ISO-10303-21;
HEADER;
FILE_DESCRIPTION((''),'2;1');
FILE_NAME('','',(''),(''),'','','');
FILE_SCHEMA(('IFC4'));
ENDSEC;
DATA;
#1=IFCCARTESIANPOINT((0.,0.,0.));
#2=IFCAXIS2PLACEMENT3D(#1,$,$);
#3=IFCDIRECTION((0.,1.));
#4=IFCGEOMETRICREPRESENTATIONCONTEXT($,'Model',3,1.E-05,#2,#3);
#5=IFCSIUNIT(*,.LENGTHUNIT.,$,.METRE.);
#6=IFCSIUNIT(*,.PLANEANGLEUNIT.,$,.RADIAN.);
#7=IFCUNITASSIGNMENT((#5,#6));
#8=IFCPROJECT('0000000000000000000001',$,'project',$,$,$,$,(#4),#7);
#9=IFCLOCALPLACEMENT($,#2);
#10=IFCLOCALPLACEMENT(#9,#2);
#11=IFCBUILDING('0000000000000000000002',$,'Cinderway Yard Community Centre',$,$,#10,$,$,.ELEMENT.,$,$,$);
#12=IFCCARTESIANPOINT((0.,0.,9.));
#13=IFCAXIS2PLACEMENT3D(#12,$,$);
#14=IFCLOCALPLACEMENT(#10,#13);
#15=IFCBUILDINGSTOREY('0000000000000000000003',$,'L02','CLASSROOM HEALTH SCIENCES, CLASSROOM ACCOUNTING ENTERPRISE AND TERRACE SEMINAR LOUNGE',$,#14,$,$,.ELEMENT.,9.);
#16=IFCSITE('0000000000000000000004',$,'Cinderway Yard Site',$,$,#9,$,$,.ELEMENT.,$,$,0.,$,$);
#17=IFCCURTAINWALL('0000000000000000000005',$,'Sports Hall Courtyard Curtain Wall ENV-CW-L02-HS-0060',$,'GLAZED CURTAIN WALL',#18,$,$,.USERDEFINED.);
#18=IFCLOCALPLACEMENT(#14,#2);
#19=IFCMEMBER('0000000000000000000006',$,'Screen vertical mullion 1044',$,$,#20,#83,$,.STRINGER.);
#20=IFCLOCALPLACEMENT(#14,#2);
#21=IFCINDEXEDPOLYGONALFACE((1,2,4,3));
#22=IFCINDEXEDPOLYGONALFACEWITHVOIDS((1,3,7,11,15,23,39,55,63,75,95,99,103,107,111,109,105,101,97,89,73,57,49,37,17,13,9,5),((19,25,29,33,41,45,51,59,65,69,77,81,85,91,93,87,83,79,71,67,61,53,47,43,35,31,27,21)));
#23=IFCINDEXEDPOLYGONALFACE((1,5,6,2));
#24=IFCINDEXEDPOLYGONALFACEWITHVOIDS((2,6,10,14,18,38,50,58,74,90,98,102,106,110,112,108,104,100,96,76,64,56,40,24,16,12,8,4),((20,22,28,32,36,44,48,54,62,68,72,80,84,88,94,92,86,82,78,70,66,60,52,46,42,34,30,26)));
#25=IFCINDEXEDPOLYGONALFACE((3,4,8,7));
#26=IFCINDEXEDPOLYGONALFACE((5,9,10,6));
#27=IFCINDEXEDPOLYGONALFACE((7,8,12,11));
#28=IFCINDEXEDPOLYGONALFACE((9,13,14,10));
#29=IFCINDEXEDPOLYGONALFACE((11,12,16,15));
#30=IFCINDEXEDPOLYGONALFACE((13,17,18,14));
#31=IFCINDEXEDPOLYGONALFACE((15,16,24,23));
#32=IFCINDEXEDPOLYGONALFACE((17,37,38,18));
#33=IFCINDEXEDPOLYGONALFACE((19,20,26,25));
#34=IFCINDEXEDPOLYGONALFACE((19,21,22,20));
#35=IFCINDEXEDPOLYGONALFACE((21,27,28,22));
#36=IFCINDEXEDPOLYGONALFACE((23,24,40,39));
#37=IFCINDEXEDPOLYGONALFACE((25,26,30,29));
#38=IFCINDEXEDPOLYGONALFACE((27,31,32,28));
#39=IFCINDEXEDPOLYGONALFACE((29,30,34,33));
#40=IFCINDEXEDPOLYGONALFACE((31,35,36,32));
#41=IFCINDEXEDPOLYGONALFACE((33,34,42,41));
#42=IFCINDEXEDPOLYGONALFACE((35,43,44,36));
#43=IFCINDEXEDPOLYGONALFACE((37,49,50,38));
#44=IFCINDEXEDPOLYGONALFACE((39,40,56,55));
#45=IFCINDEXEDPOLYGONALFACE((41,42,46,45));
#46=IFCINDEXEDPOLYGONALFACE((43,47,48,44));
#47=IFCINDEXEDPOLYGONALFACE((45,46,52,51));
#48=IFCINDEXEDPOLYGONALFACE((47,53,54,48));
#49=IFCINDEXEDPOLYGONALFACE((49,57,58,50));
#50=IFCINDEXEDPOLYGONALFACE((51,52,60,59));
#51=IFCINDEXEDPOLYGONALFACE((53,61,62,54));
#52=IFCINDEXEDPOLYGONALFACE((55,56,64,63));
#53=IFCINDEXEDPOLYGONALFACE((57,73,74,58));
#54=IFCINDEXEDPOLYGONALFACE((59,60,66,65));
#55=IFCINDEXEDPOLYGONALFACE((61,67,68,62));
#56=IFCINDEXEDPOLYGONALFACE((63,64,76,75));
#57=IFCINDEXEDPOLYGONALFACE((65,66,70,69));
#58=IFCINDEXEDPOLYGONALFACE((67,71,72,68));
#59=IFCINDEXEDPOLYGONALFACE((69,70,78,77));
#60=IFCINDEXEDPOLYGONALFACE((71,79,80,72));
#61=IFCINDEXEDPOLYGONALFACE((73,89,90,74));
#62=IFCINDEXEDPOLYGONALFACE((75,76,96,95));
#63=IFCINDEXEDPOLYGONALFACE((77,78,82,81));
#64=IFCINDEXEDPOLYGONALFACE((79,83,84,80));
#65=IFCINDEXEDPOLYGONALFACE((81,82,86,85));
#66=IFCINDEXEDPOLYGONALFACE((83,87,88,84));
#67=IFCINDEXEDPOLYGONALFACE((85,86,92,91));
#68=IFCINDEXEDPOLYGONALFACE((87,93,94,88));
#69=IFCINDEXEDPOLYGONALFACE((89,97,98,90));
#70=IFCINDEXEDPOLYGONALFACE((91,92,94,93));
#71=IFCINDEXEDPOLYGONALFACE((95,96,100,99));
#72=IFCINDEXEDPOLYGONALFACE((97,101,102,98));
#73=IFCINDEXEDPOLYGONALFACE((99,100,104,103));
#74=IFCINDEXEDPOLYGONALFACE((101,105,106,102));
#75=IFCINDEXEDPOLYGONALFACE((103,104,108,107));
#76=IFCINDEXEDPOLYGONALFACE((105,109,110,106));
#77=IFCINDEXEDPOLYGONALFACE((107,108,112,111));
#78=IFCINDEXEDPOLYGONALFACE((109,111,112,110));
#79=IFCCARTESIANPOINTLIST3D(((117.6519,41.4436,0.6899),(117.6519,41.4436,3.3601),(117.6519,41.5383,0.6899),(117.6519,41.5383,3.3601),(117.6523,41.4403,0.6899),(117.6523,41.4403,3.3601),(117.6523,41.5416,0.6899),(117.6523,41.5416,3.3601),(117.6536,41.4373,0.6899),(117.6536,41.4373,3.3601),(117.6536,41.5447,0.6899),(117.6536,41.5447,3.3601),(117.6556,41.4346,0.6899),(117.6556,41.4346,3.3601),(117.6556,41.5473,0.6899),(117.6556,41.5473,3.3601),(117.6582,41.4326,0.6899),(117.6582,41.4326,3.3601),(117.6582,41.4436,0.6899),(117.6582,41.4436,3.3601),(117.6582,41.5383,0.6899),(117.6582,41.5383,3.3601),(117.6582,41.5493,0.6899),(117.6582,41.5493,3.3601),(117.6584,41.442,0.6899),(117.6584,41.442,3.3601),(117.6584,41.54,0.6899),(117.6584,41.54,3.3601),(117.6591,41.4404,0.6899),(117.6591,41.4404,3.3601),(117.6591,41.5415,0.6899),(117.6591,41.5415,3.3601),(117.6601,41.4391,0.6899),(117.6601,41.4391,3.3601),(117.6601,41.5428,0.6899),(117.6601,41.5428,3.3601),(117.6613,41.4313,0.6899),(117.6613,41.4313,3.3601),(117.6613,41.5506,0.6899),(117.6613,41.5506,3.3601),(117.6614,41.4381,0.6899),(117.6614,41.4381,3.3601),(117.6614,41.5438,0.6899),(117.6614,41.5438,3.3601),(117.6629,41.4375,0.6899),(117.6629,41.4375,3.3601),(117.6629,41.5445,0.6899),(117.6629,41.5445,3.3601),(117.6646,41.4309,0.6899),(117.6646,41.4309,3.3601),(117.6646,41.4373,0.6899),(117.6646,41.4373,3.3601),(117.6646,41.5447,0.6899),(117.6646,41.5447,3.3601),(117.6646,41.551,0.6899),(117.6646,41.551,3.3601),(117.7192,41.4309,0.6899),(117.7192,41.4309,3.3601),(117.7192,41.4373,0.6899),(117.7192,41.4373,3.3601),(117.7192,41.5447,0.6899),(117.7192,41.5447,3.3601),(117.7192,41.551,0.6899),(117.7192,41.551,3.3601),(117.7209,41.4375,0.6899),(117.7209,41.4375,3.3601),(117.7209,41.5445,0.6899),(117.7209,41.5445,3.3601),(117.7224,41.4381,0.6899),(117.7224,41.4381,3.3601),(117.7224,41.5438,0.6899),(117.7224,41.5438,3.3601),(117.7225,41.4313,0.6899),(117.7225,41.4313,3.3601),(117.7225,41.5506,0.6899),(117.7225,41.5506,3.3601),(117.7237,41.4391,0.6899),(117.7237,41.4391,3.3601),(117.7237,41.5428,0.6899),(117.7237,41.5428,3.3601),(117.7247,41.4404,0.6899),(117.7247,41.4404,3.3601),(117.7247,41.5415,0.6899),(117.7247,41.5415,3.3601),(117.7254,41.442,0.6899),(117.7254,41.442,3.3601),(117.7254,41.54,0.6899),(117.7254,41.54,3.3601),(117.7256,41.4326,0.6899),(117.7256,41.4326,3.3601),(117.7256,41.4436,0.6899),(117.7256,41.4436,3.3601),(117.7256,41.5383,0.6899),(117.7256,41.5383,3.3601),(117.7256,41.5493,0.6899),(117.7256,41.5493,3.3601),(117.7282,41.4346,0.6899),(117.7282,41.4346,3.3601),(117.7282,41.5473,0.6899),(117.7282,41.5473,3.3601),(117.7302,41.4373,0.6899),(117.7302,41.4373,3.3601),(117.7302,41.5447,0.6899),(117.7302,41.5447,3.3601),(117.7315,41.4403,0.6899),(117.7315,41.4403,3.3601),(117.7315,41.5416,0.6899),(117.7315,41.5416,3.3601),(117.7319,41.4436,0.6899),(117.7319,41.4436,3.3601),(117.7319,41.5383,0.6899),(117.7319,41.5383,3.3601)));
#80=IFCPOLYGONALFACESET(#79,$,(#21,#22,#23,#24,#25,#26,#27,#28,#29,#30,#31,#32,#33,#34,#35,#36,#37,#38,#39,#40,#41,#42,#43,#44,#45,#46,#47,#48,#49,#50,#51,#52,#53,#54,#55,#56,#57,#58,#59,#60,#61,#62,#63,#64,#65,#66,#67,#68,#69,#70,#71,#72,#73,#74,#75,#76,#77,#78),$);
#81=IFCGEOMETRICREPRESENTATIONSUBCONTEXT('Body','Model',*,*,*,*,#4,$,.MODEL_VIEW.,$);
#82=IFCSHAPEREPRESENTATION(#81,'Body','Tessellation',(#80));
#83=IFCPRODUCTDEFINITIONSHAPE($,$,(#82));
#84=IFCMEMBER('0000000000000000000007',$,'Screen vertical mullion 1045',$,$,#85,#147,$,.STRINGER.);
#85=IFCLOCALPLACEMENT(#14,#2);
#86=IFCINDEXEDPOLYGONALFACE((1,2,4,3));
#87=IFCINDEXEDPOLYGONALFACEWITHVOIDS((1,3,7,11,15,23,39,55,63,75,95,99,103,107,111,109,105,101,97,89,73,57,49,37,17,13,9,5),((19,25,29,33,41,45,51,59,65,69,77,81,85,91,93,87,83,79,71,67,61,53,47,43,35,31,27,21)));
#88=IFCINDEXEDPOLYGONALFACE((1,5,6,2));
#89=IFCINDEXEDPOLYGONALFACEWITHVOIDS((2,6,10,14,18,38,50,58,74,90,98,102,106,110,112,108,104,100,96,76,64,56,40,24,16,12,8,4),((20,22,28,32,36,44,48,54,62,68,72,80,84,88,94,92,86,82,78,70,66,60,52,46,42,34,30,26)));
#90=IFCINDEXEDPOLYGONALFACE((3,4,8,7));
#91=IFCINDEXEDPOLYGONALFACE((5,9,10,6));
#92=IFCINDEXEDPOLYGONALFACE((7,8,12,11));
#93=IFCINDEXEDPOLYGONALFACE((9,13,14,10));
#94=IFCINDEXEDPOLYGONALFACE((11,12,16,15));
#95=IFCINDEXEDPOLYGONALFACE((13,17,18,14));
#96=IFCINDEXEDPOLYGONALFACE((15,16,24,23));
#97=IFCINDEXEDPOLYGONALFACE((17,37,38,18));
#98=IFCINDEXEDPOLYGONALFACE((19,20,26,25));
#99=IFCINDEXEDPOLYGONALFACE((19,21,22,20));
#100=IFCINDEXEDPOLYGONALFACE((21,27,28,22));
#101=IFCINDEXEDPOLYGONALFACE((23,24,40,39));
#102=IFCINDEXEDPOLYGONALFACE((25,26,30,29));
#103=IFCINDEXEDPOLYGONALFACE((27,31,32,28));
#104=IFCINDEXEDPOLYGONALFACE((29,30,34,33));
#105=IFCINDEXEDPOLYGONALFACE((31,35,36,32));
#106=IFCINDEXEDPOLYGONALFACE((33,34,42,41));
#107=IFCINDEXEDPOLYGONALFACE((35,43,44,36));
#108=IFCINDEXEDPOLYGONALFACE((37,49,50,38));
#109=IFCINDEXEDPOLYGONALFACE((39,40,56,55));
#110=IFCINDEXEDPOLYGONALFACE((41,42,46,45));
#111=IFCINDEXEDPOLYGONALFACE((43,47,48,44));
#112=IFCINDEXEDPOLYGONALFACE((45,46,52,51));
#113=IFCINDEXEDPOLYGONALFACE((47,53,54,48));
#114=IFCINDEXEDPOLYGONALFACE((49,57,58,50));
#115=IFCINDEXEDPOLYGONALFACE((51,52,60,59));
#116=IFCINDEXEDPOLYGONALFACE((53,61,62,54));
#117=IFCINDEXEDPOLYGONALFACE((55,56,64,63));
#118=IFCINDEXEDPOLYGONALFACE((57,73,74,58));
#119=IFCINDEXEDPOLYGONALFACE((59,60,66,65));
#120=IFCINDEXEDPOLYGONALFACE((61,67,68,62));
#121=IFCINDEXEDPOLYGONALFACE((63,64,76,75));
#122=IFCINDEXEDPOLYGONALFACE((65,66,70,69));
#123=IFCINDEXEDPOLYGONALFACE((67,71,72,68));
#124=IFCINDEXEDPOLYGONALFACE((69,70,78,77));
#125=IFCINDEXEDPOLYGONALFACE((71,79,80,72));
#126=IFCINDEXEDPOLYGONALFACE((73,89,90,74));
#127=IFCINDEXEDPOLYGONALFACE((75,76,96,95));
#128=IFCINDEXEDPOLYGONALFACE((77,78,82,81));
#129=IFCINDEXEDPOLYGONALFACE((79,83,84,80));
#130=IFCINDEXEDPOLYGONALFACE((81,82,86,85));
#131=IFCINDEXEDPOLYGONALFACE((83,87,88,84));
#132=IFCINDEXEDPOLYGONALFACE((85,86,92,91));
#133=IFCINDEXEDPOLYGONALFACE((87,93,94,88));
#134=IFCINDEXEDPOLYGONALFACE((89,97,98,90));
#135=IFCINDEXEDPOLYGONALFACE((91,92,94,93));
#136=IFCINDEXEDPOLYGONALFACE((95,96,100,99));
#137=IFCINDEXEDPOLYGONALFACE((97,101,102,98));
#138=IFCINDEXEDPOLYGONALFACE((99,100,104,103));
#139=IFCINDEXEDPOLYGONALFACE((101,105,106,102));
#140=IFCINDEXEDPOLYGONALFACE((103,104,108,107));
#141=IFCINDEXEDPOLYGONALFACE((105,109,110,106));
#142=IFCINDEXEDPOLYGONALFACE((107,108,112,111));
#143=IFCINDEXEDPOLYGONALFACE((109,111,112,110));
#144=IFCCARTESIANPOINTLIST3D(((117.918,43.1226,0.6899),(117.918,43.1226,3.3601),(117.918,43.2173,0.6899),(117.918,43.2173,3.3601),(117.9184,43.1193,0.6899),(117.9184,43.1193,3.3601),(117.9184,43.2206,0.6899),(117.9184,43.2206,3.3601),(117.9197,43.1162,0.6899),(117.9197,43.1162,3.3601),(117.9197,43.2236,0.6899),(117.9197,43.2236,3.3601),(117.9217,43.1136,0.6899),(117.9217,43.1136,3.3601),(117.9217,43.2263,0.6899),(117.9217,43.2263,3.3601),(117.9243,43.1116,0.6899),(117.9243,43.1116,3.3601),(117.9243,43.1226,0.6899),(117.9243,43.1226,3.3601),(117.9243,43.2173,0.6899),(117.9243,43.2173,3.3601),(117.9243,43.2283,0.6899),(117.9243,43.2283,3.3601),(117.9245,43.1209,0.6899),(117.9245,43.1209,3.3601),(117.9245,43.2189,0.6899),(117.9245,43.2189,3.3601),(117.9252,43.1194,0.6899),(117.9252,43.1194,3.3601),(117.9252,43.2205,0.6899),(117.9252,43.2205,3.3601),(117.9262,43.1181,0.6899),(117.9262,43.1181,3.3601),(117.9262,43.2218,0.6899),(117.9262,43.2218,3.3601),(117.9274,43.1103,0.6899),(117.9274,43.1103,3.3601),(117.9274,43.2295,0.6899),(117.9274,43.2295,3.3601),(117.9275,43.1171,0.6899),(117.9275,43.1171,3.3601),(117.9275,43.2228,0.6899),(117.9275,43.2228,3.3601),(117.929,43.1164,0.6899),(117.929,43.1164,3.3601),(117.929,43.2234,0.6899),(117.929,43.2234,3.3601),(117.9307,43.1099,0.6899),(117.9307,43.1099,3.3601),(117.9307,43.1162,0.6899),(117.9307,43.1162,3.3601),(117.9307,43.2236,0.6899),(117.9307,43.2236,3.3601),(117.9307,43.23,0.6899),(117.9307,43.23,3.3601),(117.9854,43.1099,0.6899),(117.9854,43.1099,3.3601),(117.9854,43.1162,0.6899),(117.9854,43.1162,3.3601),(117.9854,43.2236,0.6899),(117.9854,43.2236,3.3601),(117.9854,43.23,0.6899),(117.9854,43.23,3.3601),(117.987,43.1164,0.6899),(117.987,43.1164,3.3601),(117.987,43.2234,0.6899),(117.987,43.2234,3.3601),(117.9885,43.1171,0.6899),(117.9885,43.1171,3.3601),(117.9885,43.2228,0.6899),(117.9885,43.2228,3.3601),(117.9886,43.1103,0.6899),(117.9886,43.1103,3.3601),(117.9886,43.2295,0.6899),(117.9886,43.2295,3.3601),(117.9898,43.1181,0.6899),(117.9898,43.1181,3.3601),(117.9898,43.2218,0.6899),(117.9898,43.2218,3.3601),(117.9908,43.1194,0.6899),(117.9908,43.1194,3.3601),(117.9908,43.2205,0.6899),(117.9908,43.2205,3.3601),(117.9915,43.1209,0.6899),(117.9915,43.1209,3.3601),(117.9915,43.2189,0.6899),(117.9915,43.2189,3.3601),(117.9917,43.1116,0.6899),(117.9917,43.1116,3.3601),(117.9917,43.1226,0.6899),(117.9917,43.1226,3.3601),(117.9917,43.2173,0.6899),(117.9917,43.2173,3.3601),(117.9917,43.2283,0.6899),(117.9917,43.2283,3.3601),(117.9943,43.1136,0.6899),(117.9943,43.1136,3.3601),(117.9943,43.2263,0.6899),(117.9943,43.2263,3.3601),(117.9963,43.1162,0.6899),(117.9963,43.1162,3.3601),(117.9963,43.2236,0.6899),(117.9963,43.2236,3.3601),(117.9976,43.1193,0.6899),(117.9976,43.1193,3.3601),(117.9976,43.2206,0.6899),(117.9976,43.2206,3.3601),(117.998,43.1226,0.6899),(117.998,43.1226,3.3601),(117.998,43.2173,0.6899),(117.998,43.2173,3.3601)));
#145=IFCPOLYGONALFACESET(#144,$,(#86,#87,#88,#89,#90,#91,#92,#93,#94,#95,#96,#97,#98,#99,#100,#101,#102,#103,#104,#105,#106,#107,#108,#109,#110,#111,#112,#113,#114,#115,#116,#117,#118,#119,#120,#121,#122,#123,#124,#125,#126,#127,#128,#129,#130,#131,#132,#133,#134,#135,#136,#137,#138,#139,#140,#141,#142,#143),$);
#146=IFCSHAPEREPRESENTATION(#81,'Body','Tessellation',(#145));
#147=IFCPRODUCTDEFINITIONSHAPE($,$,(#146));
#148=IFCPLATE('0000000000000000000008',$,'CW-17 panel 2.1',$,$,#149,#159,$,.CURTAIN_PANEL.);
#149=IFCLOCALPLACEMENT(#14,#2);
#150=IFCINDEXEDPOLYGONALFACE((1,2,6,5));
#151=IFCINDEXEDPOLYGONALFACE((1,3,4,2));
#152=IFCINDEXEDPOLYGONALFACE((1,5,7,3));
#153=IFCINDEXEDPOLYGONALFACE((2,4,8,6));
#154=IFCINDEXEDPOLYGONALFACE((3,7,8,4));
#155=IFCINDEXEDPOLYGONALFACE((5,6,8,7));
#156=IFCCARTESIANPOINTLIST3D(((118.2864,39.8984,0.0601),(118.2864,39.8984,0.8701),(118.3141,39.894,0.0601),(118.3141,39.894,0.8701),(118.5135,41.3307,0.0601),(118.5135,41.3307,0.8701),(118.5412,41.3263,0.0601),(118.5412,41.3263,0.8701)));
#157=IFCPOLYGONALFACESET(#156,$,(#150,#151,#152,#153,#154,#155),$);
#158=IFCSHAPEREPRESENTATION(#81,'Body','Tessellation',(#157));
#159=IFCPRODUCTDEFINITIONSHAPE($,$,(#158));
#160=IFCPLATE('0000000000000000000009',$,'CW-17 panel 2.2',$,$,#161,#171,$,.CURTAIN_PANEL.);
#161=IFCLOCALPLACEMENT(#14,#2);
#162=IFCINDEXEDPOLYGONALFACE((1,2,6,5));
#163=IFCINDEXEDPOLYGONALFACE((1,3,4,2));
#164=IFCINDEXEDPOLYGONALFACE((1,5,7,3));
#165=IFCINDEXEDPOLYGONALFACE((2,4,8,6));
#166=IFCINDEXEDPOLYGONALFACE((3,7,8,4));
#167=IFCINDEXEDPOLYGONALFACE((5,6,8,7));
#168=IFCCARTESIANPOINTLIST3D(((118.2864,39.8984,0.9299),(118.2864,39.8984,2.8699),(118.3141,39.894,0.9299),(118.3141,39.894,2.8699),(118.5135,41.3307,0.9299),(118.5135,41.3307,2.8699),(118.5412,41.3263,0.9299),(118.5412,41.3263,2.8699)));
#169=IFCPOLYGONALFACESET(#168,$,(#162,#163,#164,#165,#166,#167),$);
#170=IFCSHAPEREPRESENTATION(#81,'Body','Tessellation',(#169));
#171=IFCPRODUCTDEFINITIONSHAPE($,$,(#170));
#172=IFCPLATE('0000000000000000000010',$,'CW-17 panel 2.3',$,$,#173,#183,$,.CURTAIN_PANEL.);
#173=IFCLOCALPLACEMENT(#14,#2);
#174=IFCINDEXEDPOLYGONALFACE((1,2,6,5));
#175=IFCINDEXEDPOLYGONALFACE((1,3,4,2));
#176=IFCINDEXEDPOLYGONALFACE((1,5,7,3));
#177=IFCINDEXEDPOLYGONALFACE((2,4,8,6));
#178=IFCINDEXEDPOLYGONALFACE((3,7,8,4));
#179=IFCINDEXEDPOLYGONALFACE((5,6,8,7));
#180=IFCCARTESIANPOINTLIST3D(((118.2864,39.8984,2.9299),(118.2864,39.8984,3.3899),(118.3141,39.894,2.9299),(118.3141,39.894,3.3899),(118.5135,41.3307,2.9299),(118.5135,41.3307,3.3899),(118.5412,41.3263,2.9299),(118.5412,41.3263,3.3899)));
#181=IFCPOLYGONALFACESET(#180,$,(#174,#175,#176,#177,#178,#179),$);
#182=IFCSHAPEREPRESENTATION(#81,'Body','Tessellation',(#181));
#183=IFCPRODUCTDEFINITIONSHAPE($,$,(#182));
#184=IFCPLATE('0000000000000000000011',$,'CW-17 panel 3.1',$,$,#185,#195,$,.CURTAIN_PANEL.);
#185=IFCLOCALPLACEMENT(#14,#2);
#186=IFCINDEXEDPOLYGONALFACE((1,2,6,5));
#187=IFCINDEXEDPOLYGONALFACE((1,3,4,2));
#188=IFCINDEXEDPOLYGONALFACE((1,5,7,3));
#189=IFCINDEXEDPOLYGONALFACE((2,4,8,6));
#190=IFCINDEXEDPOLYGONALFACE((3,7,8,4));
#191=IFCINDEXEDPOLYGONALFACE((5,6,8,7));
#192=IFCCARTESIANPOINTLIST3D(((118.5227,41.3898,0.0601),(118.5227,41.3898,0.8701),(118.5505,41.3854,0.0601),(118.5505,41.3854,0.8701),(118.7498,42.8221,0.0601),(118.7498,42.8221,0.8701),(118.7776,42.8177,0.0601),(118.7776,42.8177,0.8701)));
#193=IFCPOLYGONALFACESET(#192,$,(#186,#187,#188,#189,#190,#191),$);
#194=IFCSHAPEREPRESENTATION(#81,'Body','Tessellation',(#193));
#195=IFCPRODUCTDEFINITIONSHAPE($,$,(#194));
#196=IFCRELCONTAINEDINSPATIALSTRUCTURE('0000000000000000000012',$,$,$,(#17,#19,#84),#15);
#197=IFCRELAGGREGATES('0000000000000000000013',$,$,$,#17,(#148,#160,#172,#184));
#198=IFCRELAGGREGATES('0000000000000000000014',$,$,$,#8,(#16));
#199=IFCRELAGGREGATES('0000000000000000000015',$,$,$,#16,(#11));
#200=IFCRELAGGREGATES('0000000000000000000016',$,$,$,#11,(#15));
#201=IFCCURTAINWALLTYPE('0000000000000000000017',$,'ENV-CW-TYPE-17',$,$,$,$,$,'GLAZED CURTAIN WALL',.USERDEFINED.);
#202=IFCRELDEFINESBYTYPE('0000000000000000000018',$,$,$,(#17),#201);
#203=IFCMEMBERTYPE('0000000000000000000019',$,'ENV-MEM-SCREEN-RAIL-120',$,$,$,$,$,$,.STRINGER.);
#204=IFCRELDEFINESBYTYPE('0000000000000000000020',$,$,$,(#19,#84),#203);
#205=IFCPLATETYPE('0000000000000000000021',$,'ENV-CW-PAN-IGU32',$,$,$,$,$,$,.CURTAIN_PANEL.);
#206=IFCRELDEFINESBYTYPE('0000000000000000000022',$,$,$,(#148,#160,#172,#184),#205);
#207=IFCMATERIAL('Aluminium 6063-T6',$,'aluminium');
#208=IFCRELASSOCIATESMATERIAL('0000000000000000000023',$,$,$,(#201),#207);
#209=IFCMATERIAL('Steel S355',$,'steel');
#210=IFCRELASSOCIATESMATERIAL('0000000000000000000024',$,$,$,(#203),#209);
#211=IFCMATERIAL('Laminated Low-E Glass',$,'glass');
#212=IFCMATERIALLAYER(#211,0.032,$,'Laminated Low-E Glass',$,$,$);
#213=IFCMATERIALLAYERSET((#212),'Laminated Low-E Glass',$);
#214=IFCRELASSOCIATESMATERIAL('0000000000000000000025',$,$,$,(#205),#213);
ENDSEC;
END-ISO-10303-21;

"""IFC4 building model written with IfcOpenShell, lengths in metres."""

from ifc_helpers import new_model, si_unit, direction, frame, origin, origin_2d, place, context, subcontext, project, spatial, rectangle, hollow_rectangle, extrude, material, layer, layer_set, material_profile, profile_set, type_object, element, aggregate, save


model = new_model("IFC4")

# Units and contexts
model_context = context("Model", 3, precision=1e-05, world=origin(), true_north=direction((0.0, 1.0)))
body_context = subcontext(model_context, "Body", "Model", "MODEL_VIEW")
ifc_project = project(units=[si_unit("LENGTHUNIT", "METRE"), si_unit("PLANEANGLEUNIT", "RADIAN")], contexts=[model_context])

# Site, building, storey
site_placement = place(None, origin())
site = spatial("IfcSite", under=ifc_project, at=site_placement, Name="Cinderway Yard Site", CompositionType="ELEMENT", RefElevation=0.0)
building_placement = place(site_placement, origin())
building = spatial("IfcBuilding", under=site, at=building_placement, Name="Cinderway Yard Community Centre", CompositionType="ELEMENT")
storey_placement = place(building_placement, frame((0.0, 0.0, 9.0)))
storey = spatial("IfcBuildingStorey", under=building, at=storey_placement, Name="L02", Description="CLASSROOM HEALTH SCIENCES, CLASSROOM ACCOUNTING ENTERPRISE AND TERRACE SEMINAR LOUNGE", CompositionType="ELEMENT", Elevation=9.0)

# Curtain wall
ifc_material_1 = material(Name="Aluminium 6063-T6", Category="aluminium")
curtain_wall_type = type_object("IfcCurtainWallType", Name="ENV-CW-TYPE-17", ElementType="GLAZED CURTAIN WALL", PredefinedType="USERDEFINED", material=ifc_material_1)
curtain_wall_placement = place(storey_placement, origin())
curtain_wall = element("IfcCurtainWall", 1, at=curtain_wall_placement, inside=storey, type_object=curtain_wall_type, Name="Sports Hall Courtyard Curtain Wall ENV-CW-L02-HS-0060", ObjectType="GLAZED CURTAIN WALL", PredefinedType="USERDEFINED")

# Members
ifc_material_2 = material(Name="Steel S355", Category="steel")
ifc_material_profile_1 = material_profile(ifc_material_2, hollow_rectangle(XDim=0.0801, YDim=0.1201, WallThickness=0.0063, InnerFilletRadius=0.0063, OuterFilletRadius=0.0127, at=origin_2d()), Name="Steel S355")
ifc_profile_set_1 = profile_set([ifc_material_profile_1], Name="Steel S355")
member_type_1 = type_object("IfcMemberType", Name="ENV-MEM-SCREEN-RAIL-120", PredefinedType="STRINGER", material=ifc_profile_set_1)
for number, where, z_axis, x_axis, name in (
    (2, (117.6919, 41.491, 0.6899), (0.0, 0.0, 1.0), (1.0, 0.0, 0.0), "Screen vertical mullion 1044"),
    (3, (117.958, 43.1699, 0.6899), (0.0, 0.0, 1.0), (1.0, 0.0, 0.0), "Screen vertical mullion 1045"),
):
    element("IfcMember", number, at=place(storey_placement, frame(where, z_axis=z_axis, x_axis=x_axis)), inside=storey, type_object=member_type_1, Name=name, PredefinedType="STRINGER", context=body_context, shape_type="SweptSolid", body=[
        extrude(hollow_rectangle(XDim=0.0801, YDim=0.1201, WallThickness=0.0063, InnerFilletRadius=0.0063, OuterFilletRadius=0.0127, at=origin_2d()), origin(), (0.0, 0.0, 1.0), 2.6702),
    ])

# Plates
ifc_material_3 = material(Name="Laminated Low-E Glass", Category="glass")
ifc_layer_1 = layer(ifc_material_3, 0.032, Name="Laminated Low-E Glass")
ifc_layer_set_1 = layer_set([ifc_layer_1], Name="Laminated Low-E Glass")
plate_type_1 = type_object("IfcPlateType", Name="ENV-CW-PAN-IGU32", PredefinedType="CURTAIN_PANEL", material=ifc_layer_set_1)
plate_1_placement = place(storey_placement, frame((118.4138, 40.6123, 0.0601), z_axis=(0.0, 0.0, 1.0), x_axis=(0.156609, 0.987661, 0.0)))
plate_1 = element("IfcPlate", 4, at=plate_1_placement, type_object=plate_type_1, Name="CW-17 panel 2.1", PredefinedType="CURTAIN_PANEL", context=body_context, shape_type="SweptSolid", body=[
    extrude(rectangle(XDim=1.4502, YDim=0.0281, at=origin_2d()), origin(), (0.0, 0.0, 1.0), 0.8101),
])
plate_2_placement = place(storey_placement, frame((118.4138, 40.6123, 0.9299), z_axis=(0.0, 0.0, 1.0), x_axis=(0.156609, 0.987661, 0.0)))
plate_2 = element("IfcPlate", 5, at=plate_2_placement, type_object=plate_type_1, Name="CW-17 panel 2.2", PredefinedType="CURTAIN_PANEL", context=body_context, shape_type="SweptSolid", body=[
    extrude(rectangle(XDim=1.4502, YDim=0.0281, at=origin_2d()), origin(), (0.0, 0.0, 1.0), 1.9399),
])
plate_3_placement = place(storey_placement, frame((118.4138, 40.6123, 2.9299), z_axis=(0.0, 0.0, 1.0), x_axis=(0.156609, 0.987661, 0.0)))
plate_3 = element("IfcPlate", 6, at=plate_3_placement, type_object=plate_type_1, Name="CW-17 panel 2.3", PredefinedType="CURTAIN_PANEL", context=body_context, shape_type="SweptSolid", body=[
    extrude(rectangle(XDim=1.4502, YDim=0.0281, at=origin_2d()), origin(), (0.0, 0.0, 1.0), 0.46),
])
plate_4_placement = place(storey_placement, frame((118.6501, 42.1038, 0.0601), z_axis=(0.0, 0.0, 1.0), x_axis=(0.156609, 0.987661, 0.0)))
plate_4 = element("IfcPlate", 7, at=plate_4_placement, type_object=plate_type_1, Name="CW-17 panel 3.1", PredefinedType="CURTAIN_PANEL", context=body_context, shape_type="SweptSolid", body=[
    extrude(rectangle(XDim=1.4502, YDim=0.0281, at=origin_2d()), origin(), (0.0, 0.0, 1.0), 0.8101),
])
aggregate(curtain_wall, [plate_1, plate_2, plate_3, plate_4])

save(model, "model.ifc")
